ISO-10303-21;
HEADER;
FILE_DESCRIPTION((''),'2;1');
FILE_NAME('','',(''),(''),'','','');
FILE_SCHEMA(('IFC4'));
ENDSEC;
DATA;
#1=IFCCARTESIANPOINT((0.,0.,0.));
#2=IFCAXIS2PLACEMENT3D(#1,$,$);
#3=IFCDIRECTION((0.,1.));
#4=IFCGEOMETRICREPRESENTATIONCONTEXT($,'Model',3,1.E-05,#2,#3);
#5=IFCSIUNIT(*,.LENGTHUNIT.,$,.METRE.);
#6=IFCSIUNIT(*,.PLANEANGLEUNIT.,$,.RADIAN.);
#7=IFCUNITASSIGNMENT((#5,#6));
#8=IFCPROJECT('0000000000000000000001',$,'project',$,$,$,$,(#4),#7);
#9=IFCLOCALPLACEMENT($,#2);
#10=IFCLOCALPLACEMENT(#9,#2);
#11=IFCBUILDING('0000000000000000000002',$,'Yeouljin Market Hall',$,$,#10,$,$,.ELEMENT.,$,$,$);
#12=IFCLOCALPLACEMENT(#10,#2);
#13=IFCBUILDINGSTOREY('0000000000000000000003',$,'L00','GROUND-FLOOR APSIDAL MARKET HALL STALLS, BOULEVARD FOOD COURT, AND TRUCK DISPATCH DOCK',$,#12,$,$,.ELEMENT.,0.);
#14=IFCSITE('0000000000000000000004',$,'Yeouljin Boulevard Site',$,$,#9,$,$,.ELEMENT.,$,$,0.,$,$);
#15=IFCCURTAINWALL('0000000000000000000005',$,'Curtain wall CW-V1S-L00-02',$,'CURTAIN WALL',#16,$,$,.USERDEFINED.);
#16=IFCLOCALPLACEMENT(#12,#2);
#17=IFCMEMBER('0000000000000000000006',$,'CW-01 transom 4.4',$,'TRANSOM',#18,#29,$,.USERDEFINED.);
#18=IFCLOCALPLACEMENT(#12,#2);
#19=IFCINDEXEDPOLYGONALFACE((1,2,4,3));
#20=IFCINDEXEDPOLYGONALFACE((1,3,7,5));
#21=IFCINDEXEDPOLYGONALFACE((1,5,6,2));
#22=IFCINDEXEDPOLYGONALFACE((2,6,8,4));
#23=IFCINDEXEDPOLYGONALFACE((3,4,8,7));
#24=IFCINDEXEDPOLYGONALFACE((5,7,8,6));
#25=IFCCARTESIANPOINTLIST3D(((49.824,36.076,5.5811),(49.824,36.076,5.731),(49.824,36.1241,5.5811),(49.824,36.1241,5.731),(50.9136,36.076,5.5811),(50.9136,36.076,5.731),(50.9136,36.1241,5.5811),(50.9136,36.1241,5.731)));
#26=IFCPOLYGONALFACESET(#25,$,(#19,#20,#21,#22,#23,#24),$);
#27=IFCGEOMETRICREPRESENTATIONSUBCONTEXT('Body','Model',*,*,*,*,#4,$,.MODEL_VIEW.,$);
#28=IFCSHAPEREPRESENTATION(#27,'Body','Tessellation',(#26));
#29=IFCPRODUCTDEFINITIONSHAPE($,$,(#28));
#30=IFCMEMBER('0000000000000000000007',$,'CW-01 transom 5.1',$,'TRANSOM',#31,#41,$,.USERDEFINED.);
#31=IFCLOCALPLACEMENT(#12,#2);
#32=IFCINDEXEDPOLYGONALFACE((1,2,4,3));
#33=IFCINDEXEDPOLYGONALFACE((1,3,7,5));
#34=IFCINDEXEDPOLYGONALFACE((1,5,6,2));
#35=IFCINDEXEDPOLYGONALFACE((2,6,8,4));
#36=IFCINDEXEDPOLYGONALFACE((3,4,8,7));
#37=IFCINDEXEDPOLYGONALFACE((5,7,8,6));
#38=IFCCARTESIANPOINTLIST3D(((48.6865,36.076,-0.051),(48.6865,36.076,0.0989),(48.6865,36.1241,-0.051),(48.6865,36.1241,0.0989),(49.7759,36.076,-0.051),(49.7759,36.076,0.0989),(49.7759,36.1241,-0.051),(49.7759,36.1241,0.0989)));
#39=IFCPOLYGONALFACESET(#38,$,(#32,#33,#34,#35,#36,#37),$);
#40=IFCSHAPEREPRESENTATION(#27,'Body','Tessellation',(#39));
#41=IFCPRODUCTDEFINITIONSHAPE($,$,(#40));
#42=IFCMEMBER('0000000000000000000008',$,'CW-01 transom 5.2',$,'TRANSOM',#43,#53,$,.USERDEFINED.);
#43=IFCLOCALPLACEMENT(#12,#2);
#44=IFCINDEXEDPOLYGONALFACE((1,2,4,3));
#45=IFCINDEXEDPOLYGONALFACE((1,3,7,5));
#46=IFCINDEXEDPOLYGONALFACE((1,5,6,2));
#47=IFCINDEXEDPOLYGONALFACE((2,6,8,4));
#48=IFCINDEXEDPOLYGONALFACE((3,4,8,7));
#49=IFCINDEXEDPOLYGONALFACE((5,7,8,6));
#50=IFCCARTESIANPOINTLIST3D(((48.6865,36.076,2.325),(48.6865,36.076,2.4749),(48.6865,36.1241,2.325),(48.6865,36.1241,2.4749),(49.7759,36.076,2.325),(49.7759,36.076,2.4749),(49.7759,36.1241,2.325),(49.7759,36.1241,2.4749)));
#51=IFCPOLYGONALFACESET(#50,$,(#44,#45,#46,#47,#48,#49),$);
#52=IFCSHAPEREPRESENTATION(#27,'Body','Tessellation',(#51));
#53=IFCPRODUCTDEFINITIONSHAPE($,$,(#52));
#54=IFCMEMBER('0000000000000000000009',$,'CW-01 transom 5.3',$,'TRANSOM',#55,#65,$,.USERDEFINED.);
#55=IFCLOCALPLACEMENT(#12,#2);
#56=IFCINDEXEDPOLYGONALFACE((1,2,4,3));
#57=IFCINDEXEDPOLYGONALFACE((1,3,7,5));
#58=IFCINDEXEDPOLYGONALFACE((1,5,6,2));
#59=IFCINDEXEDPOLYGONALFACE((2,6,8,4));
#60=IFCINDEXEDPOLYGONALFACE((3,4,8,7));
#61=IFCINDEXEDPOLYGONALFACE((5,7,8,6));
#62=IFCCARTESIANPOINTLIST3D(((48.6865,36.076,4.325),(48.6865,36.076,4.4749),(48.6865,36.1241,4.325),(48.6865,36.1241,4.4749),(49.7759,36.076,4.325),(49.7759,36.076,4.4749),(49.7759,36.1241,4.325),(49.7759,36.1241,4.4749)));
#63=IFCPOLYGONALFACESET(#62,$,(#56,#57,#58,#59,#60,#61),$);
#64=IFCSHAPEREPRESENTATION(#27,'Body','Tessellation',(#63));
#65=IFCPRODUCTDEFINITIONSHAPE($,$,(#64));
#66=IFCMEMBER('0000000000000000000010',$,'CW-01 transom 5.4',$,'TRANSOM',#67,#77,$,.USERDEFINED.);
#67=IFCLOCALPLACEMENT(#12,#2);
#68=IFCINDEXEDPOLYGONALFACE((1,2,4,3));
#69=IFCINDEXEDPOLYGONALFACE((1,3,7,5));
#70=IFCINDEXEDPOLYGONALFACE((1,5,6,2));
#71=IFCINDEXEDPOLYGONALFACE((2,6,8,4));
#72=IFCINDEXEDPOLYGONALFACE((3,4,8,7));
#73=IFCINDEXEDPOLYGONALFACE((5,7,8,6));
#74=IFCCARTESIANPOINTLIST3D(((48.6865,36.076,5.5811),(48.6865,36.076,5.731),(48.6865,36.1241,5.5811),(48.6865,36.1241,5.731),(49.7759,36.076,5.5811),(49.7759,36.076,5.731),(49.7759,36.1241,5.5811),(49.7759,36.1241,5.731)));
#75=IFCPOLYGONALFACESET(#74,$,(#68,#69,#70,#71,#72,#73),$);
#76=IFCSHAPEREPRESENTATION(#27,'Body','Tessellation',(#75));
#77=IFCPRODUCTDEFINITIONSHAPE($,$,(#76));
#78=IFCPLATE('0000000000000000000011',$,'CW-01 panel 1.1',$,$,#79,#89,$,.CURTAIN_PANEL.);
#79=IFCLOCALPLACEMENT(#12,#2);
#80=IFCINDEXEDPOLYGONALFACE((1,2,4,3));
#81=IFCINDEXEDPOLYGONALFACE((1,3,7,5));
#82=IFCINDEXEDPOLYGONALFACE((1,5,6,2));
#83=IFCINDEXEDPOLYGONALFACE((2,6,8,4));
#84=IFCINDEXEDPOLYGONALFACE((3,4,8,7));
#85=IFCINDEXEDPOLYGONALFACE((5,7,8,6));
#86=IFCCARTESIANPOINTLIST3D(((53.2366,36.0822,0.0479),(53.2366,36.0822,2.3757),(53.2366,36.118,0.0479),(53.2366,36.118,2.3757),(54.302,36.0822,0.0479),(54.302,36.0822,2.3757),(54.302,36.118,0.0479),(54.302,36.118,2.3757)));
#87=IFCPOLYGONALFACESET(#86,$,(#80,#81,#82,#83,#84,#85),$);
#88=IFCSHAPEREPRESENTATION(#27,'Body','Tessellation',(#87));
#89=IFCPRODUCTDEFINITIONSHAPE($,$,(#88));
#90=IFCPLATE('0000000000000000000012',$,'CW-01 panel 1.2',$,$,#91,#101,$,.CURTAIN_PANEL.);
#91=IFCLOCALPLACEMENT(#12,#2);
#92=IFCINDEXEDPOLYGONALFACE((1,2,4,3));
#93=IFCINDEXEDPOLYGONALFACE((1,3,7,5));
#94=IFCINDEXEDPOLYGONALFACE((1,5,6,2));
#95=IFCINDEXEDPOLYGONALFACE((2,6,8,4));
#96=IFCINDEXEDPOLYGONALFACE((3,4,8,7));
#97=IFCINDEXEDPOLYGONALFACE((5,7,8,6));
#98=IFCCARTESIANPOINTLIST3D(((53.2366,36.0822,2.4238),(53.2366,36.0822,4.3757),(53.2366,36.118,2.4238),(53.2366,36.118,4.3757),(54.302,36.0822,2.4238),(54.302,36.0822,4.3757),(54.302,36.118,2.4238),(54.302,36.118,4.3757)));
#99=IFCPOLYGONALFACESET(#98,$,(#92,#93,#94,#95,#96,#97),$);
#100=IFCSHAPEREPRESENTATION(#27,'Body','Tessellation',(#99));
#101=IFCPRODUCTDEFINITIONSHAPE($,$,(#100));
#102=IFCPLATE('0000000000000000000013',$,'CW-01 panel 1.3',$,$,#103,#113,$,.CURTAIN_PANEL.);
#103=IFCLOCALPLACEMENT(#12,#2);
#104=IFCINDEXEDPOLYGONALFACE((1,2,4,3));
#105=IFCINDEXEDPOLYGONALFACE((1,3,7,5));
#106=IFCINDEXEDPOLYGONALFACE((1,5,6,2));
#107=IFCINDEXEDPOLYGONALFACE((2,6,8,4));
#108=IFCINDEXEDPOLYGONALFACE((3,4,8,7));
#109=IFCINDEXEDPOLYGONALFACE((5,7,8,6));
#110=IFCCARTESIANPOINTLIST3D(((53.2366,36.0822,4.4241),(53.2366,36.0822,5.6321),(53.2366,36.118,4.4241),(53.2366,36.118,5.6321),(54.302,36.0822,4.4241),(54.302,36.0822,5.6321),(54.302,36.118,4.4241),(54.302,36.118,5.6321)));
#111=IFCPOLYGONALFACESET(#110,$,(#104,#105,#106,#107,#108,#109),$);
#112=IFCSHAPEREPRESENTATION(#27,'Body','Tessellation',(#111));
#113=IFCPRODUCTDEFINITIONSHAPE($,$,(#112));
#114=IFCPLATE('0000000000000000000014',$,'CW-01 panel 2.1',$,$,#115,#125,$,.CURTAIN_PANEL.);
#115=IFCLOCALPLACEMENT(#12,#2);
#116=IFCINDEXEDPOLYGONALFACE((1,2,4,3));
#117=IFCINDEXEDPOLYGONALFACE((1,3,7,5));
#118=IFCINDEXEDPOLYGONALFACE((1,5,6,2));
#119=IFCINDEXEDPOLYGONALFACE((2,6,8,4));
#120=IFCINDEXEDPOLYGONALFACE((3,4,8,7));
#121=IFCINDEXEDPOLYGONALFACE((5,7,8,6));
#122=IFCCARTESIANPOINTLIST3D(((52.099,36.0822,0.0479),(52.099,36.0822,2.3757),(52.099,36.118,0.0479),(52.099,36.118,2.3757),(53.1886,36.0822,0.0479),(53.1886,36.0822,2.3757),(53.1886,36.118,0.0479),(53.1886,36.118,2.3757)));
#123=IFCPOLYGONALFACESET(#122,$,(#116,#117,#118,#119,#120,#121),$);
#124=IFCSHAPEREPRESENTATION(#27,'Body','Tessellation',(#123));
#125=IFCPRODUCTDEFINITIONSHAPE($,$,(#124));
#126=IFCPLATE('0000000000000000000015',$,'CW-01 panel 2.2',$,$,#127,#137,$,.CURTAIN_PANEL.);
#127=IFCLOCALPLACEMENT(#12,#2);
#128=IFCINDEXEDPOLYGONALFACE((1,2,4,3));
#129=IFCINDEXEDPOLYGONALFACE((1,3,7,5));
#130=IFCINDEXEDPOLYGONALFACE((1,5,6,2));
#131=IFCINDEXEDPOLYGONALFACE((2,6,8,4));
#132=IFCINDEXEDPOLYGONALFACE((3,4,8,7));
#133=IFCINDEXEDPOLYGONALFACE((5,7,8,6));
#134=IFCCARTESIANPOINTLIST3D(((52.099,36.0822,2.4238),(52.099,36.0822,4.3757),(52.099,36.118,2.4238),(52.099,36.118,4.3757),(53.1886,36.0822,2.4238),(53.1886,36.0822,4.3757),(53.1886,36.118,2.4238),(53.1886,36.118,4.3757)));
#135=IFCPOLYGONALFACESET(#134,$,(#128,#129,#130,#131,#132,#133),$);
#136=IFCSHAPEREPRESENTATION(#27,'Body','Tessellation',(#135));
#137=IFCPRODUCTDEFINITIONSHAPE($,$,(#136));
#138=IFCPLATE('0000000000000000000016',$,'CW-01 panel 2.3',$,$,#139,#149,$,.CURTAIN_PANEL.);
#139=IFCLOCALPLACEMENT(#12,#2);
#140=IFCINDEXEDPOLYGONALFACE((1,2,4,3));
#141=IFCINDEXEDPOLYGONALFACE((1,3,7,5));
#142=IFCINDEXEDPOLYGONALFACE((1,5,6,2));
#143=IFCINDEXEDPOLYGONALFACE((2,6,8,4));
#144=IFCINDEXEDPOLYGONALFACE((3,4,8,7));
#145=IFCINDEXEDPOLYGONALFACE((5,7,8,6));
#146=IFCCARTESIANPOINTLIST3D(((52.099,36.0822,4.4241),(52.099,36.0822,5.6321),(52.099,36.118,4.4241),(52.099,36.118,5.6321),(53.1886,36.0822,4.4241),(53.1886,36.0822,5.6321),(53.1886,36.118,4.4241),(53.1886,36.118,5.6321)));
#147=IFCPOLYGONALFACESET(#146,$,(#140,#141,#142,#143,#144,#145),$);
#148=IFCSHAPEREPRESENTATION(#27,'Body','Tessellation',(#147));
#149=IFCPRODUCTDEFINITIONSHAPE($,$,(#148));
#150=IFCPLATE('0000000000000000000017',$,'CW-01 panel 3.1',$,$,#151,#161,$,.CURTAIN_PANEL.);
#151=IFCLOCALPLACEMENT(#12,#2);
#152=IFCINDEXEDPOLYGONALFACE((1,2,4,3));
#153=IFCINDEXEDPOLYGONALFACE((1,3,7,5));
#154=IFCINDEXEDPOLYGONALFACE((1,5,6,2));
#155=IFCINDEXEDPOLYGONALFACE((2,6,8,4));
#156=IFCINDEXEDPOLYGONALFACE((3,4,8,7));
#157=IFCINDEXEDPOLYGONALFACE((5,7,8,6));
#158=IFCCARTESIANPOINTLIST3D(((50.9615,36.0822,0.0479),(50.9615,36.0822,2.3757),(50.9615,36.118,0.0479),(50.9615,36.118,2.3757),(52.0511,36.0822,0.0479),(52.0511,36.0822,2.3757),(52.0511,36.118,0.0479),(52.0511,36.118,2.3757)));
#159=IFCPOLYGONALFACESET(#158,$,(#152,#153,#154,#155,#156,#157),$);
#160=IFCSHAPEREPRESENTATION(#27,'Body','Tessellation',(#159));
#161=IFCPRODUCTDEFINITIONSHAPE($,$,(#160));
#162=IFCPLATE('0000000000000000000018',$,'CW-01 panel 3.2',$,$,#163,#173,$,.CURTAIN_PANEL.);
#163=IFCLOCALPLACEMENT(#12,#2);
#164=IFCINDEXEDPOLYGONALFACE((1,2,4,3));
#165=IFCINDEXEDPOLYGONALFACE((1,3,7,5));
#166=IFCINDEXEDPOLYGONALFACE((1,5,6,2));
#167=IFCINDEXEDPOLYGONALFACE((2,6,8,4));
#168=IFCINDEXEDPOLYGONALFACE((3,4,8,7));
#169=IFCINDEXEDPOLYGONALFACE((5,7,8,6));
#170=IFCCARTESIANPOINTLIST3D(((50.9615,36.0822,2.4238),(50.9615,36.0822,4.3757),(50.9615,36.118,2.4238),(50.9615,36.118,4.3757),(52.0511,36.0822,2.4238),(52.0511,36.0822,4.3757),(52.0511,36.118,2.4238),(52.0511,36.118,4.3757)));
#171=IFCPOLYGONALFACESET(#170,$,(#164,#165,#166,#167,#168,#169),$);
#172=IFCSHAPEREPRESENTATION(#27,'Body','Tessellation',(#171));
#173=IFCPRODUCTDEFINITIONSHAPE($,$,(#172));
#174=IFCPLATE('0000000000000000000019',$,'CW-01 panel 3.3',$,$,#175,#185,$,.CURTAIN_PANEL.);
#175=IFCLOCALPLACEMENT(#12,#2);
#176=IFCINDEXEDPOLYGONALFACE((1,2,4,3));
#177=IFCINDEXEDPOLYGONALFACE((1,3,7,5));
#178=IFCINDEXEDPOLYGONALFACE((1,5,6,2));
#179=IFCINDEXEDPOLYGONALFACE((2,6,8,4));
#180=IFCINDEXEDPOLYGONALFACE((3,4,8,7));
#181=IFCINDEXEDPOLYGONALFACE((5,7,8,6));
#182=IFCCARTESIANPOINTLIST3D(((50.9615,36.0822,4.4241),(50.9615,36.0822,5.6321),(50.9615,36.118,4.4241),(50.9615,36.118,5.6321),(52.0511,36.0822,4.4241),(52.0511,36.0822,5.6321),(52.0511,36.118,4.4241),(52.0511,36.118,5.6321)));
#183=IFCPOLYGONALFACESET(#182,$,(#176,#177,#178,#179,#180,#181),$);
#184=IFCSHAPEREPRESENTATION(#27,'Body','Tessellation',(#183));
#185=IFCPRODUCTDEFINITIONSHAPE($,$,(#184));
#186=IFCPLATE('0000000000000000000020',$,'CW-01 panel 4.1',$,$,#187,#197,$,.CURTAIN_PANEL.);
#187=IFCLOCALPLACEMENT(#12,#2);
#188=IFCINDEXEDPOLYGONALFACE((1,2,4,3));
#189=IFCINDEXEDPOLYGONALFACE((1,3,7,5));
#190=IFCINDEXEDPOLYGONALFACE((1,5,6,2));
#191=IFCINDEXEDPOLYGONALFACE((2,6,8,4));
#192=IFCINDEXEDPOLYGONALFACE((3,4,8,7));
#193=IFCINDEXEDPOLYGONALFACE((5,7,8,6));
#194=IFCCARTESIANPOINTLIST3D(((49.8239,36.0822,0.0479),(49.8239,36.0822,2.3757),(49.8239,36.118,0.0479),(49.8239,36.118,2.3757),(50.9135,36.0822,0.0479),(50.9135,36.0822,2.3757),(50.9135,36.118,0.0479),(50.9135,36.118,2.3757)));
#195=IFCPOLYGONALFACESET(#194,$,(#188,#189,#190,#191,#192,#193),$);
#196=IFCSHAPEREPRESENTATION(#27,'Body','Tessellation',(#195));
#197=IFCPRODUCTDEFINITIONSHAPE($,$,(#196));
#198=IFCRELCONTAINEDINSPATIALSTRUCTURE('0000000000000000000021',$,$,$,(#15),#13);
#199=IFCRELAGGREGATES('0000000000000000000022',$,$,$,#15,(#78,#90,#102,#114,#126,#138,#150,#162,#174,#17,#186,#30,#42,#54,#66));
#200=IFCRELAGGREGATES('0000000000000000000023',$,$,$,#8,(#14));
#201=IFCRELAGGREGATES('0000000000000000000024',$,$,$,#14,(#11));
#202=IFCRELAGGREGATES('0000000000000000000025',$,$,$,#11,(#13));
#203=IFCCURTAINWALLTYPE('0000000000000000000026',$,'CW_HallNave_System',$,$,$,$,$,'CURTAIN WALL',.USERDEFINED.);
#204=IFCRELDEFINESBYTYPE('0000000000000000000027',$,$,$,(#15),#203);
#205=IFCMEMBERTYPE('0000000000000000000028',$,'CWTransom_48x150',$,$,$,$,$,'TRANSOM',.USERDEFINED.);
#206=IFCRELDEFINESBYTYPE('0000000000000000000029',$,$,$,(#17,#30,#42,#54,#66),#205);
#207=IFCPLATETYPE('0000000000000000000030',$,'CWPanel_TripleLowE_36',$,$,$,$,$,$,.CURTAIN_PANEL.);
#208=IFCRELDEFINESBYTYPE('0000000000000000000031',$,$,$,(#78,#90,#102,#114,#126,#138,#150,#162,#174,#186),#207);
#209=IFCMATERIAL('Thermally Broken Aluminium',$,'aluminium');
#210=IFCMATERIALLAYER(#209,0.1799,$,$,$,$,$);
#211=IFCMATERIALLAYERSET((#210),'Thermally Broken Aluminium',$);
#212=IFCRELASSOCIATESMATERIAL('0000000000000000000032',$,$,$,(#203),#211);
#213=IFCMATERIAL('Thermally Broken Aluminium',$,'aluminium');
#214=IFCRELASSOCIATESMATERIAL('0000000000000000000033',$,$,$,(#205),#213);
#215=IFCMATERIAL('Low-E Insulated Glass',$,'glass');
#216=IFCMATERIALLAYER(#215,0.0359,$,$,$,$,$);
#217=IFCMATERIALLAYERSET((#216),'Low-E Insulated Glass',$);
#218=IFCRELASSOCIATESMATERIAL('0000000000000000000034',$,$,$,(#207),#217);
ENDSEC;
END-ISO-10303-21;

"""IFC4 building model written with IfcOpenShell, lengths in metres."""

from ifc_helpers import new_model, si_unit, direction, frame, origin, origin_2d, place, context, subcontext, project, spatial, rectangle, extrude, material, layer, layer_set, material_profile, profile_set, type_object, element, aggregate, save


model = new_model("IFC4")

# Units and contexts
model_context = context("Model", 3, precision=1e-05, world=origin(), true_north=direction((0.0, 1.0)))
body_context = subcontext(model_context, "Body", "Model", "MODEL_VIEW")
ifc_project = project(units=[si_unit("LENGTHUNIT", "METRE"), si_unit("PLANEANGLEUNIT", "RADIAN")], contexts=[model_context])

# Site, building, storey
site_placement = place(None, origin())
site = spatial("IfcSite", under=ifc_project, at=site_placement, Name="Yeouljin Boulevard Site", CompositionType="ELEMENT", RefElevation=0.0)
building_placement = place(site_placement, origin())
building = spatial("IfcBuilding", under=site, at=building_placement, Name="Yeouljin Market Hall", CompositionType="ELEMENT")
storey_placement = place(building_placement, origin())
storey = spatial("IfcBuildingStorey", under=building, at=storey_placement, Name="L00", Description="GROUND-FLOOR APSIDAL MARKET HALL STALLS, BOULEVARD FOOD COURT, AND TRUCK DISPATCH DOCK", CompositionType="ELEMENT", Elevation=0.0)

# Curtain wall, members, plates
ifc_material_1 = material(Name="Thermally Broken Aluminium", Category="aluminium")
ifc_layer_1 = layer(ifc_material_1, 0.1799)
ifc_layer_set_1 = layer_set([ifc_layer_1], Name="Thermally Broken Aluminium")
curtain_wall_type = type_object("IfcCurtainWallType", Name="CW_HallNave_System", ElementType="CURTAIN WALL", PredefinedType="USERDEFINED", material=ifc_layer_set_1)
curtain_wall_placement = place(storey_placement, origin())
curtain_wall = element("IfcCurtainWall", 1, at=curtain_wall_placement, inside=storey, type_object=curtain_wall_type, Name="Curtain wall CW-V1S-L00-02", ObjectType="CURTAIN WALL", PredefinedType="USERDEFINED")
ifc_material_2 = material(Name="Thermally Broken Aluminium", Category="aluminium")
ifc_material_profile_1 = material_profile(ifc_material_2, rectangle(XDim=0.0481, YDim=0.1499, at=origin_2d()), Name="CW-TRAN-48x150")
ifc_profile_set_1 = profile_set([ifc_material_profile_1], Name="Thermally Broken Aluminium")
member_type_1 = type_object("IfcMemberType", Name="CWTransom_48x150", ElementType="TRANSOM", PredefinedType="USERDEFINED", material=ifc_profile_set_1)
member_1_placement = place(storey_placement, frame((50.9136, 36.1001, 5.656), z_axis=(-1.0, 0.0, 0.0), x_axis=(0.0, -1.0, 0.0)))
member_1 = element("IfcMember", 2, at=member_1_placement, type_object=member_type_1, Name="CW-01 transom 4.4", ObjectType="TRANSOM", PredefinedType="USERDEFINED", context=body_context, shape_type="SweptSolid", body=[
    extrude(rectangle(XDim=0.0481, YDim=0.1499, at=origin_2d()), origin(), (0.0, 0.0, 1.0), 1.0896),
])
member_2_placement = place(storey_placement, frame((49.7759, 36.1001, 0.0239), z_axis=(-1.0, 0.0, 0.0), x_axis=(0.0, -1.0, 0.0)))
member_2 = element("IfcMember", 3, at=member_2_placement, type_object=member_type_1, Name="CW-01 transom 5.1", ObjectType="TRANSOM", PredefinedType="USERDEFINED", context=body_context, shape_type="SweptSolid", body=[
    extrude(rectangle(XDim=0.0481, YDim=0.1499, at=origin_2d()), origin(), (0.0, 0.0, 1.0), 1.0894),
])
member_3_placement = place(storey_placement, frame((49.7759, 36.1001, 2.3999), z_axis=(-1.0, 0.0, 0.0), x_axis=(0.0, -1.0, 0.0)))
member_3 = element("IfcMember", 4, at=member_3_placement, type_object=member_type_1, Name="CW-01 transom 5.2", ObjectType="TRANSOM", PredefinedType="USERDEFINED", context=body_context, shape_type="SweptSolid", body=[
    extrude(rectangle(XDim=0.0481, YDim=0.1499, at=origin_2d()), origin(), (0.0, 0.0, 1.0), 1.0894),
])
member_4_placement = place(storey_placement, frame((49.7759, 36.1001, 4.3999), z_axis=(-1.0, 0.0, 0.0), x_axis=(0.0, -1.0, 0.0)))
member_4 = element("IfcMember", 5, at=member_4_placement, type_object=member_type_1, Name="CW-01 transom 5.3", ObjectType="TRANSOM", PredefinedType="USERDEFINED", context=body_context, shape_type="SweptSolid", body=[
    extrude(rectangle(XDim=0.0481, YDim=0.1499, at=origin_2d()), origin(), (0.0, 0.0, 1.0), 1.0894),
])
member_5_placement = place(storey_placement, frame((49.7759, 36.1001, 5.656), z_axis=(-1.0, 0.0, 0.0), x_axis=(0.0, -1.0, 0.0)))
member_5 = element("IfcMember", 6, at=member_5_placement, type_object=member_type_1, Name="CW-01 transom 5.4", ObjectType="TRANSOM", PredefinedType="USERDEFINED", context=body_context, shape_type="SweptSolid", body=[
    extrude(rectangle(XDim=0.0481, YDim=0.1499, at=origin_2d()), origin(), (0.0, 0.0, 1.0), 1.0894),
])
ifc_material_3 = material(Name="Low-E Insulated Glass", Category="glass")
ifc_layer_2 = layer(ifc_material_3, 0.0359)
ifc_layer_set_2 = layer_set([ifc_layer_2], Name="Low-E Insulated Glass")
plate_type = type_object("IfcPlateType", Name="CWPanel_TripleLowE_36", PredefinedType="CURTAIN_PANEL", material=ifc_layer_set_2)
plate_1_placement = place(storey_placement, frame((53.7693, 36.1001, 0.0479), z_axis=(0.0, 0.0, 1.0), x_axis=(-1.0, 0.0, 0.0)))
plate_1 = element("IfcPlate", 7, at=plate_1_placement, type_object=plate_type, Name="CW-01 panel 1.1", PredefinedType="CURTAIN_PANEL", context=body_context, shape_type="SweptSolid", body=[
    extrude(rectangle(XDim=1.0654, YDim=0.0359, at=origin_2d()), origin(), (0.0, 0.0, 1.0), 2.3279),
])
plate_2_placement = place(storey_placement, frame((53.7693, 36.1001, 2.4238), z_axis=(0.0, 0.0, 1.0), x_axis=(-1.0, 0.0, 0.0)))
plate_2 = element("IfcPlate", 8, at=plate_2_placement, type_object=plate_type, Name="CW-01 panel 1.2", PredefinedType="CURTAIN_PANEL", context=body_context, shape_type="SweptSolid", body=[
    extrude(rectangle(XDim=1.0654, YDim=0.0359, at=origin_2d()), origin(), (0.0, 0.0, 1.0), 1.9519),
])
plate_3_placement = place(storey_placement, frame((53.7693, 36.1001, 4.4241), z_axis=(0.0, 0.0, 1.0), x_axis=(-1.0, 0.0, 0.0)))
plate_3 = element("IfcPlate", 9, at=plate_3_placement, type_object=plate_type, Name="CW-01 panel 1.3", PredefinedType="CURTAIN_PANEL", context=body_context, shape_type="SweptSolid", body=[
    extrude(rectangle(XDim=1.0654, YDim=0.0359, at=origin_2d()), origin(), (0.0, 0.0, 1.0), 1.208),
])
plate_4_placement = place(storey_placement, frame((52.6438, 36.1001, 0.0479), z_axis=(0.0, 0.0, 1.0), x_axis=(-1.0, 0.0, 0.0)))
plate_4 = element("IfcPlate", 10, at=plate_4_placement, type_object=plate_type, Name="CW-01 panel 2.1", PredefinedType="CURTAIN_PANEL", context=body_context, shape_type="SweptSolid", body=[
    extrude(rectangle(XDim=1.0896, YDim=0.0359, at=origin_2d()), origin(), (0.0, 0.0, 1.0), 2.3279),
])
plate_5_placement = place(storey_placement, frame((52.6438, 36.1001, 2.4238), z_axis=(0.0, 0.0, 1.0), x_axis=(-1.0, 0.0, 0.0)))
plate_5 = element("IfcPlate", 11, at=plate_5_placement, type_object=plate_type, Name="CW-01 panel 2.2", PredefinedType="CURTAIN_PANEL", context=body_context, shape_type="SweptSolid", body=[
    extrude(rectangle(XDim=1.0896, YDim=0.0359, at=origin_2d()), origin(), (0.0, 0.0, 1.0), 1.9519),
])
plate_6_placement = place(storey_placement, frame((52.6438, 36.1001, 4.4241), z_axis=(0.0, 0.0, 1.0), x_axis=(-1.0, 0.0, 0.0)))
plate_6 = element("IfcPlate", 12, at=plate_6_placement, type_object=plate_type, Name="CW-01 panel 2.3", PredefinedType="CURTAIN_PANEL", context=body_context, shape_type="SweptSolid", body=[
    extrude(rectangle(XDim=1.0896, YDim=0.0359, at=origin_2d()), origin(), (0.0, 0.0, 1.0), 1.208),
])
plate_7_placement = place(storey_placement, frame((51.5063, 36.1001, 0.0479), z_axis=(0.0, 0.0, 1.0), x_axis=(-1.0, 0.0, 0.0)))
plate_7 = element("IfcPlate", 13, at=plate_7_placement, type_object=plate_type, Name="CW-01 panel 3.1", PredefinedType="CURTAIN_PANEL", context=body_context, shape_type="SweptSolid", body=[
    extrude(rectangle(XDim=1.0896, YDim=0.0359, at=origin_2d()), origin(), (0.0, 0.0, 1.0), 2.3279),
])
plate_8_placement = place(storey_placement, frame((51.5063, 36.1001, 2.4238), z_axis=(0.0, 0.0, 1.0), x_axis=(-1.0, 0.0, 0.0)))
plate_8 = element("IfcPlate", 14, at=plate_8_placement, type_object=plate_type, Name="CW-01 panel 3.2", PredefinedType="CURTAIN_PANEL", context=body_context, shape_type="SweptSolid", body=[
    extrude(rectangle(XDim=1.0896, YDim=0.0359, at=origin_2d()), origin(), (0.0, 0.0, 1.0), 1.9519),
])
plate_9_placement = place(storey_placement, frame((51.5063, 36.1001, 4.4241), z_axis=(0.0, 0.0, 1.0), x_axis=(-1.0, 0.0, 0.0)))
plate_9 = element("IfcPlate", 15, at=plate_9_placement, type_object=plate_type, Name="CW-01 panel 3.3", PredefinedType="CURTAIN_PANEL", context=body_context, shape_type="SweptSolid", body=[
    extrude(rectangle(XDim=1.0896, YDim=0.0359, at=origin_2d()), origin(), (0.0, 0.0, 1.0), 1.208),
])
plate_10_placement = place(storey_placement, frame((50.3687, 36.1001, 0.0479), z_axis=(0.0, 0.0, 1.0), x_axis=(-1.0, 0.0, 0.0)))
plate_10 = element("IfcPlate", 16, at=plate_10_placement, type_object=plate_type, Name="CW-01 panel 4.1", PredefinedType="CURTAIN_PANEL", context=body_context, shape_type="SweptSolid", body=[
    extrude(rectangle(XDim=1.0896, YDim=0.0359, at=origin_2d()), origin(), (0.0, 0.0, 1.0), 2.3279),
])
aggregate(curtain_wall, [plate_1, plate_2, plate_3, plate_4, plate_5, plate_6, plate_7, plate_8, plate_9, member_1, plate_10, member_2, member_3, member_4, member_5])

save(model, "model.ifc")
